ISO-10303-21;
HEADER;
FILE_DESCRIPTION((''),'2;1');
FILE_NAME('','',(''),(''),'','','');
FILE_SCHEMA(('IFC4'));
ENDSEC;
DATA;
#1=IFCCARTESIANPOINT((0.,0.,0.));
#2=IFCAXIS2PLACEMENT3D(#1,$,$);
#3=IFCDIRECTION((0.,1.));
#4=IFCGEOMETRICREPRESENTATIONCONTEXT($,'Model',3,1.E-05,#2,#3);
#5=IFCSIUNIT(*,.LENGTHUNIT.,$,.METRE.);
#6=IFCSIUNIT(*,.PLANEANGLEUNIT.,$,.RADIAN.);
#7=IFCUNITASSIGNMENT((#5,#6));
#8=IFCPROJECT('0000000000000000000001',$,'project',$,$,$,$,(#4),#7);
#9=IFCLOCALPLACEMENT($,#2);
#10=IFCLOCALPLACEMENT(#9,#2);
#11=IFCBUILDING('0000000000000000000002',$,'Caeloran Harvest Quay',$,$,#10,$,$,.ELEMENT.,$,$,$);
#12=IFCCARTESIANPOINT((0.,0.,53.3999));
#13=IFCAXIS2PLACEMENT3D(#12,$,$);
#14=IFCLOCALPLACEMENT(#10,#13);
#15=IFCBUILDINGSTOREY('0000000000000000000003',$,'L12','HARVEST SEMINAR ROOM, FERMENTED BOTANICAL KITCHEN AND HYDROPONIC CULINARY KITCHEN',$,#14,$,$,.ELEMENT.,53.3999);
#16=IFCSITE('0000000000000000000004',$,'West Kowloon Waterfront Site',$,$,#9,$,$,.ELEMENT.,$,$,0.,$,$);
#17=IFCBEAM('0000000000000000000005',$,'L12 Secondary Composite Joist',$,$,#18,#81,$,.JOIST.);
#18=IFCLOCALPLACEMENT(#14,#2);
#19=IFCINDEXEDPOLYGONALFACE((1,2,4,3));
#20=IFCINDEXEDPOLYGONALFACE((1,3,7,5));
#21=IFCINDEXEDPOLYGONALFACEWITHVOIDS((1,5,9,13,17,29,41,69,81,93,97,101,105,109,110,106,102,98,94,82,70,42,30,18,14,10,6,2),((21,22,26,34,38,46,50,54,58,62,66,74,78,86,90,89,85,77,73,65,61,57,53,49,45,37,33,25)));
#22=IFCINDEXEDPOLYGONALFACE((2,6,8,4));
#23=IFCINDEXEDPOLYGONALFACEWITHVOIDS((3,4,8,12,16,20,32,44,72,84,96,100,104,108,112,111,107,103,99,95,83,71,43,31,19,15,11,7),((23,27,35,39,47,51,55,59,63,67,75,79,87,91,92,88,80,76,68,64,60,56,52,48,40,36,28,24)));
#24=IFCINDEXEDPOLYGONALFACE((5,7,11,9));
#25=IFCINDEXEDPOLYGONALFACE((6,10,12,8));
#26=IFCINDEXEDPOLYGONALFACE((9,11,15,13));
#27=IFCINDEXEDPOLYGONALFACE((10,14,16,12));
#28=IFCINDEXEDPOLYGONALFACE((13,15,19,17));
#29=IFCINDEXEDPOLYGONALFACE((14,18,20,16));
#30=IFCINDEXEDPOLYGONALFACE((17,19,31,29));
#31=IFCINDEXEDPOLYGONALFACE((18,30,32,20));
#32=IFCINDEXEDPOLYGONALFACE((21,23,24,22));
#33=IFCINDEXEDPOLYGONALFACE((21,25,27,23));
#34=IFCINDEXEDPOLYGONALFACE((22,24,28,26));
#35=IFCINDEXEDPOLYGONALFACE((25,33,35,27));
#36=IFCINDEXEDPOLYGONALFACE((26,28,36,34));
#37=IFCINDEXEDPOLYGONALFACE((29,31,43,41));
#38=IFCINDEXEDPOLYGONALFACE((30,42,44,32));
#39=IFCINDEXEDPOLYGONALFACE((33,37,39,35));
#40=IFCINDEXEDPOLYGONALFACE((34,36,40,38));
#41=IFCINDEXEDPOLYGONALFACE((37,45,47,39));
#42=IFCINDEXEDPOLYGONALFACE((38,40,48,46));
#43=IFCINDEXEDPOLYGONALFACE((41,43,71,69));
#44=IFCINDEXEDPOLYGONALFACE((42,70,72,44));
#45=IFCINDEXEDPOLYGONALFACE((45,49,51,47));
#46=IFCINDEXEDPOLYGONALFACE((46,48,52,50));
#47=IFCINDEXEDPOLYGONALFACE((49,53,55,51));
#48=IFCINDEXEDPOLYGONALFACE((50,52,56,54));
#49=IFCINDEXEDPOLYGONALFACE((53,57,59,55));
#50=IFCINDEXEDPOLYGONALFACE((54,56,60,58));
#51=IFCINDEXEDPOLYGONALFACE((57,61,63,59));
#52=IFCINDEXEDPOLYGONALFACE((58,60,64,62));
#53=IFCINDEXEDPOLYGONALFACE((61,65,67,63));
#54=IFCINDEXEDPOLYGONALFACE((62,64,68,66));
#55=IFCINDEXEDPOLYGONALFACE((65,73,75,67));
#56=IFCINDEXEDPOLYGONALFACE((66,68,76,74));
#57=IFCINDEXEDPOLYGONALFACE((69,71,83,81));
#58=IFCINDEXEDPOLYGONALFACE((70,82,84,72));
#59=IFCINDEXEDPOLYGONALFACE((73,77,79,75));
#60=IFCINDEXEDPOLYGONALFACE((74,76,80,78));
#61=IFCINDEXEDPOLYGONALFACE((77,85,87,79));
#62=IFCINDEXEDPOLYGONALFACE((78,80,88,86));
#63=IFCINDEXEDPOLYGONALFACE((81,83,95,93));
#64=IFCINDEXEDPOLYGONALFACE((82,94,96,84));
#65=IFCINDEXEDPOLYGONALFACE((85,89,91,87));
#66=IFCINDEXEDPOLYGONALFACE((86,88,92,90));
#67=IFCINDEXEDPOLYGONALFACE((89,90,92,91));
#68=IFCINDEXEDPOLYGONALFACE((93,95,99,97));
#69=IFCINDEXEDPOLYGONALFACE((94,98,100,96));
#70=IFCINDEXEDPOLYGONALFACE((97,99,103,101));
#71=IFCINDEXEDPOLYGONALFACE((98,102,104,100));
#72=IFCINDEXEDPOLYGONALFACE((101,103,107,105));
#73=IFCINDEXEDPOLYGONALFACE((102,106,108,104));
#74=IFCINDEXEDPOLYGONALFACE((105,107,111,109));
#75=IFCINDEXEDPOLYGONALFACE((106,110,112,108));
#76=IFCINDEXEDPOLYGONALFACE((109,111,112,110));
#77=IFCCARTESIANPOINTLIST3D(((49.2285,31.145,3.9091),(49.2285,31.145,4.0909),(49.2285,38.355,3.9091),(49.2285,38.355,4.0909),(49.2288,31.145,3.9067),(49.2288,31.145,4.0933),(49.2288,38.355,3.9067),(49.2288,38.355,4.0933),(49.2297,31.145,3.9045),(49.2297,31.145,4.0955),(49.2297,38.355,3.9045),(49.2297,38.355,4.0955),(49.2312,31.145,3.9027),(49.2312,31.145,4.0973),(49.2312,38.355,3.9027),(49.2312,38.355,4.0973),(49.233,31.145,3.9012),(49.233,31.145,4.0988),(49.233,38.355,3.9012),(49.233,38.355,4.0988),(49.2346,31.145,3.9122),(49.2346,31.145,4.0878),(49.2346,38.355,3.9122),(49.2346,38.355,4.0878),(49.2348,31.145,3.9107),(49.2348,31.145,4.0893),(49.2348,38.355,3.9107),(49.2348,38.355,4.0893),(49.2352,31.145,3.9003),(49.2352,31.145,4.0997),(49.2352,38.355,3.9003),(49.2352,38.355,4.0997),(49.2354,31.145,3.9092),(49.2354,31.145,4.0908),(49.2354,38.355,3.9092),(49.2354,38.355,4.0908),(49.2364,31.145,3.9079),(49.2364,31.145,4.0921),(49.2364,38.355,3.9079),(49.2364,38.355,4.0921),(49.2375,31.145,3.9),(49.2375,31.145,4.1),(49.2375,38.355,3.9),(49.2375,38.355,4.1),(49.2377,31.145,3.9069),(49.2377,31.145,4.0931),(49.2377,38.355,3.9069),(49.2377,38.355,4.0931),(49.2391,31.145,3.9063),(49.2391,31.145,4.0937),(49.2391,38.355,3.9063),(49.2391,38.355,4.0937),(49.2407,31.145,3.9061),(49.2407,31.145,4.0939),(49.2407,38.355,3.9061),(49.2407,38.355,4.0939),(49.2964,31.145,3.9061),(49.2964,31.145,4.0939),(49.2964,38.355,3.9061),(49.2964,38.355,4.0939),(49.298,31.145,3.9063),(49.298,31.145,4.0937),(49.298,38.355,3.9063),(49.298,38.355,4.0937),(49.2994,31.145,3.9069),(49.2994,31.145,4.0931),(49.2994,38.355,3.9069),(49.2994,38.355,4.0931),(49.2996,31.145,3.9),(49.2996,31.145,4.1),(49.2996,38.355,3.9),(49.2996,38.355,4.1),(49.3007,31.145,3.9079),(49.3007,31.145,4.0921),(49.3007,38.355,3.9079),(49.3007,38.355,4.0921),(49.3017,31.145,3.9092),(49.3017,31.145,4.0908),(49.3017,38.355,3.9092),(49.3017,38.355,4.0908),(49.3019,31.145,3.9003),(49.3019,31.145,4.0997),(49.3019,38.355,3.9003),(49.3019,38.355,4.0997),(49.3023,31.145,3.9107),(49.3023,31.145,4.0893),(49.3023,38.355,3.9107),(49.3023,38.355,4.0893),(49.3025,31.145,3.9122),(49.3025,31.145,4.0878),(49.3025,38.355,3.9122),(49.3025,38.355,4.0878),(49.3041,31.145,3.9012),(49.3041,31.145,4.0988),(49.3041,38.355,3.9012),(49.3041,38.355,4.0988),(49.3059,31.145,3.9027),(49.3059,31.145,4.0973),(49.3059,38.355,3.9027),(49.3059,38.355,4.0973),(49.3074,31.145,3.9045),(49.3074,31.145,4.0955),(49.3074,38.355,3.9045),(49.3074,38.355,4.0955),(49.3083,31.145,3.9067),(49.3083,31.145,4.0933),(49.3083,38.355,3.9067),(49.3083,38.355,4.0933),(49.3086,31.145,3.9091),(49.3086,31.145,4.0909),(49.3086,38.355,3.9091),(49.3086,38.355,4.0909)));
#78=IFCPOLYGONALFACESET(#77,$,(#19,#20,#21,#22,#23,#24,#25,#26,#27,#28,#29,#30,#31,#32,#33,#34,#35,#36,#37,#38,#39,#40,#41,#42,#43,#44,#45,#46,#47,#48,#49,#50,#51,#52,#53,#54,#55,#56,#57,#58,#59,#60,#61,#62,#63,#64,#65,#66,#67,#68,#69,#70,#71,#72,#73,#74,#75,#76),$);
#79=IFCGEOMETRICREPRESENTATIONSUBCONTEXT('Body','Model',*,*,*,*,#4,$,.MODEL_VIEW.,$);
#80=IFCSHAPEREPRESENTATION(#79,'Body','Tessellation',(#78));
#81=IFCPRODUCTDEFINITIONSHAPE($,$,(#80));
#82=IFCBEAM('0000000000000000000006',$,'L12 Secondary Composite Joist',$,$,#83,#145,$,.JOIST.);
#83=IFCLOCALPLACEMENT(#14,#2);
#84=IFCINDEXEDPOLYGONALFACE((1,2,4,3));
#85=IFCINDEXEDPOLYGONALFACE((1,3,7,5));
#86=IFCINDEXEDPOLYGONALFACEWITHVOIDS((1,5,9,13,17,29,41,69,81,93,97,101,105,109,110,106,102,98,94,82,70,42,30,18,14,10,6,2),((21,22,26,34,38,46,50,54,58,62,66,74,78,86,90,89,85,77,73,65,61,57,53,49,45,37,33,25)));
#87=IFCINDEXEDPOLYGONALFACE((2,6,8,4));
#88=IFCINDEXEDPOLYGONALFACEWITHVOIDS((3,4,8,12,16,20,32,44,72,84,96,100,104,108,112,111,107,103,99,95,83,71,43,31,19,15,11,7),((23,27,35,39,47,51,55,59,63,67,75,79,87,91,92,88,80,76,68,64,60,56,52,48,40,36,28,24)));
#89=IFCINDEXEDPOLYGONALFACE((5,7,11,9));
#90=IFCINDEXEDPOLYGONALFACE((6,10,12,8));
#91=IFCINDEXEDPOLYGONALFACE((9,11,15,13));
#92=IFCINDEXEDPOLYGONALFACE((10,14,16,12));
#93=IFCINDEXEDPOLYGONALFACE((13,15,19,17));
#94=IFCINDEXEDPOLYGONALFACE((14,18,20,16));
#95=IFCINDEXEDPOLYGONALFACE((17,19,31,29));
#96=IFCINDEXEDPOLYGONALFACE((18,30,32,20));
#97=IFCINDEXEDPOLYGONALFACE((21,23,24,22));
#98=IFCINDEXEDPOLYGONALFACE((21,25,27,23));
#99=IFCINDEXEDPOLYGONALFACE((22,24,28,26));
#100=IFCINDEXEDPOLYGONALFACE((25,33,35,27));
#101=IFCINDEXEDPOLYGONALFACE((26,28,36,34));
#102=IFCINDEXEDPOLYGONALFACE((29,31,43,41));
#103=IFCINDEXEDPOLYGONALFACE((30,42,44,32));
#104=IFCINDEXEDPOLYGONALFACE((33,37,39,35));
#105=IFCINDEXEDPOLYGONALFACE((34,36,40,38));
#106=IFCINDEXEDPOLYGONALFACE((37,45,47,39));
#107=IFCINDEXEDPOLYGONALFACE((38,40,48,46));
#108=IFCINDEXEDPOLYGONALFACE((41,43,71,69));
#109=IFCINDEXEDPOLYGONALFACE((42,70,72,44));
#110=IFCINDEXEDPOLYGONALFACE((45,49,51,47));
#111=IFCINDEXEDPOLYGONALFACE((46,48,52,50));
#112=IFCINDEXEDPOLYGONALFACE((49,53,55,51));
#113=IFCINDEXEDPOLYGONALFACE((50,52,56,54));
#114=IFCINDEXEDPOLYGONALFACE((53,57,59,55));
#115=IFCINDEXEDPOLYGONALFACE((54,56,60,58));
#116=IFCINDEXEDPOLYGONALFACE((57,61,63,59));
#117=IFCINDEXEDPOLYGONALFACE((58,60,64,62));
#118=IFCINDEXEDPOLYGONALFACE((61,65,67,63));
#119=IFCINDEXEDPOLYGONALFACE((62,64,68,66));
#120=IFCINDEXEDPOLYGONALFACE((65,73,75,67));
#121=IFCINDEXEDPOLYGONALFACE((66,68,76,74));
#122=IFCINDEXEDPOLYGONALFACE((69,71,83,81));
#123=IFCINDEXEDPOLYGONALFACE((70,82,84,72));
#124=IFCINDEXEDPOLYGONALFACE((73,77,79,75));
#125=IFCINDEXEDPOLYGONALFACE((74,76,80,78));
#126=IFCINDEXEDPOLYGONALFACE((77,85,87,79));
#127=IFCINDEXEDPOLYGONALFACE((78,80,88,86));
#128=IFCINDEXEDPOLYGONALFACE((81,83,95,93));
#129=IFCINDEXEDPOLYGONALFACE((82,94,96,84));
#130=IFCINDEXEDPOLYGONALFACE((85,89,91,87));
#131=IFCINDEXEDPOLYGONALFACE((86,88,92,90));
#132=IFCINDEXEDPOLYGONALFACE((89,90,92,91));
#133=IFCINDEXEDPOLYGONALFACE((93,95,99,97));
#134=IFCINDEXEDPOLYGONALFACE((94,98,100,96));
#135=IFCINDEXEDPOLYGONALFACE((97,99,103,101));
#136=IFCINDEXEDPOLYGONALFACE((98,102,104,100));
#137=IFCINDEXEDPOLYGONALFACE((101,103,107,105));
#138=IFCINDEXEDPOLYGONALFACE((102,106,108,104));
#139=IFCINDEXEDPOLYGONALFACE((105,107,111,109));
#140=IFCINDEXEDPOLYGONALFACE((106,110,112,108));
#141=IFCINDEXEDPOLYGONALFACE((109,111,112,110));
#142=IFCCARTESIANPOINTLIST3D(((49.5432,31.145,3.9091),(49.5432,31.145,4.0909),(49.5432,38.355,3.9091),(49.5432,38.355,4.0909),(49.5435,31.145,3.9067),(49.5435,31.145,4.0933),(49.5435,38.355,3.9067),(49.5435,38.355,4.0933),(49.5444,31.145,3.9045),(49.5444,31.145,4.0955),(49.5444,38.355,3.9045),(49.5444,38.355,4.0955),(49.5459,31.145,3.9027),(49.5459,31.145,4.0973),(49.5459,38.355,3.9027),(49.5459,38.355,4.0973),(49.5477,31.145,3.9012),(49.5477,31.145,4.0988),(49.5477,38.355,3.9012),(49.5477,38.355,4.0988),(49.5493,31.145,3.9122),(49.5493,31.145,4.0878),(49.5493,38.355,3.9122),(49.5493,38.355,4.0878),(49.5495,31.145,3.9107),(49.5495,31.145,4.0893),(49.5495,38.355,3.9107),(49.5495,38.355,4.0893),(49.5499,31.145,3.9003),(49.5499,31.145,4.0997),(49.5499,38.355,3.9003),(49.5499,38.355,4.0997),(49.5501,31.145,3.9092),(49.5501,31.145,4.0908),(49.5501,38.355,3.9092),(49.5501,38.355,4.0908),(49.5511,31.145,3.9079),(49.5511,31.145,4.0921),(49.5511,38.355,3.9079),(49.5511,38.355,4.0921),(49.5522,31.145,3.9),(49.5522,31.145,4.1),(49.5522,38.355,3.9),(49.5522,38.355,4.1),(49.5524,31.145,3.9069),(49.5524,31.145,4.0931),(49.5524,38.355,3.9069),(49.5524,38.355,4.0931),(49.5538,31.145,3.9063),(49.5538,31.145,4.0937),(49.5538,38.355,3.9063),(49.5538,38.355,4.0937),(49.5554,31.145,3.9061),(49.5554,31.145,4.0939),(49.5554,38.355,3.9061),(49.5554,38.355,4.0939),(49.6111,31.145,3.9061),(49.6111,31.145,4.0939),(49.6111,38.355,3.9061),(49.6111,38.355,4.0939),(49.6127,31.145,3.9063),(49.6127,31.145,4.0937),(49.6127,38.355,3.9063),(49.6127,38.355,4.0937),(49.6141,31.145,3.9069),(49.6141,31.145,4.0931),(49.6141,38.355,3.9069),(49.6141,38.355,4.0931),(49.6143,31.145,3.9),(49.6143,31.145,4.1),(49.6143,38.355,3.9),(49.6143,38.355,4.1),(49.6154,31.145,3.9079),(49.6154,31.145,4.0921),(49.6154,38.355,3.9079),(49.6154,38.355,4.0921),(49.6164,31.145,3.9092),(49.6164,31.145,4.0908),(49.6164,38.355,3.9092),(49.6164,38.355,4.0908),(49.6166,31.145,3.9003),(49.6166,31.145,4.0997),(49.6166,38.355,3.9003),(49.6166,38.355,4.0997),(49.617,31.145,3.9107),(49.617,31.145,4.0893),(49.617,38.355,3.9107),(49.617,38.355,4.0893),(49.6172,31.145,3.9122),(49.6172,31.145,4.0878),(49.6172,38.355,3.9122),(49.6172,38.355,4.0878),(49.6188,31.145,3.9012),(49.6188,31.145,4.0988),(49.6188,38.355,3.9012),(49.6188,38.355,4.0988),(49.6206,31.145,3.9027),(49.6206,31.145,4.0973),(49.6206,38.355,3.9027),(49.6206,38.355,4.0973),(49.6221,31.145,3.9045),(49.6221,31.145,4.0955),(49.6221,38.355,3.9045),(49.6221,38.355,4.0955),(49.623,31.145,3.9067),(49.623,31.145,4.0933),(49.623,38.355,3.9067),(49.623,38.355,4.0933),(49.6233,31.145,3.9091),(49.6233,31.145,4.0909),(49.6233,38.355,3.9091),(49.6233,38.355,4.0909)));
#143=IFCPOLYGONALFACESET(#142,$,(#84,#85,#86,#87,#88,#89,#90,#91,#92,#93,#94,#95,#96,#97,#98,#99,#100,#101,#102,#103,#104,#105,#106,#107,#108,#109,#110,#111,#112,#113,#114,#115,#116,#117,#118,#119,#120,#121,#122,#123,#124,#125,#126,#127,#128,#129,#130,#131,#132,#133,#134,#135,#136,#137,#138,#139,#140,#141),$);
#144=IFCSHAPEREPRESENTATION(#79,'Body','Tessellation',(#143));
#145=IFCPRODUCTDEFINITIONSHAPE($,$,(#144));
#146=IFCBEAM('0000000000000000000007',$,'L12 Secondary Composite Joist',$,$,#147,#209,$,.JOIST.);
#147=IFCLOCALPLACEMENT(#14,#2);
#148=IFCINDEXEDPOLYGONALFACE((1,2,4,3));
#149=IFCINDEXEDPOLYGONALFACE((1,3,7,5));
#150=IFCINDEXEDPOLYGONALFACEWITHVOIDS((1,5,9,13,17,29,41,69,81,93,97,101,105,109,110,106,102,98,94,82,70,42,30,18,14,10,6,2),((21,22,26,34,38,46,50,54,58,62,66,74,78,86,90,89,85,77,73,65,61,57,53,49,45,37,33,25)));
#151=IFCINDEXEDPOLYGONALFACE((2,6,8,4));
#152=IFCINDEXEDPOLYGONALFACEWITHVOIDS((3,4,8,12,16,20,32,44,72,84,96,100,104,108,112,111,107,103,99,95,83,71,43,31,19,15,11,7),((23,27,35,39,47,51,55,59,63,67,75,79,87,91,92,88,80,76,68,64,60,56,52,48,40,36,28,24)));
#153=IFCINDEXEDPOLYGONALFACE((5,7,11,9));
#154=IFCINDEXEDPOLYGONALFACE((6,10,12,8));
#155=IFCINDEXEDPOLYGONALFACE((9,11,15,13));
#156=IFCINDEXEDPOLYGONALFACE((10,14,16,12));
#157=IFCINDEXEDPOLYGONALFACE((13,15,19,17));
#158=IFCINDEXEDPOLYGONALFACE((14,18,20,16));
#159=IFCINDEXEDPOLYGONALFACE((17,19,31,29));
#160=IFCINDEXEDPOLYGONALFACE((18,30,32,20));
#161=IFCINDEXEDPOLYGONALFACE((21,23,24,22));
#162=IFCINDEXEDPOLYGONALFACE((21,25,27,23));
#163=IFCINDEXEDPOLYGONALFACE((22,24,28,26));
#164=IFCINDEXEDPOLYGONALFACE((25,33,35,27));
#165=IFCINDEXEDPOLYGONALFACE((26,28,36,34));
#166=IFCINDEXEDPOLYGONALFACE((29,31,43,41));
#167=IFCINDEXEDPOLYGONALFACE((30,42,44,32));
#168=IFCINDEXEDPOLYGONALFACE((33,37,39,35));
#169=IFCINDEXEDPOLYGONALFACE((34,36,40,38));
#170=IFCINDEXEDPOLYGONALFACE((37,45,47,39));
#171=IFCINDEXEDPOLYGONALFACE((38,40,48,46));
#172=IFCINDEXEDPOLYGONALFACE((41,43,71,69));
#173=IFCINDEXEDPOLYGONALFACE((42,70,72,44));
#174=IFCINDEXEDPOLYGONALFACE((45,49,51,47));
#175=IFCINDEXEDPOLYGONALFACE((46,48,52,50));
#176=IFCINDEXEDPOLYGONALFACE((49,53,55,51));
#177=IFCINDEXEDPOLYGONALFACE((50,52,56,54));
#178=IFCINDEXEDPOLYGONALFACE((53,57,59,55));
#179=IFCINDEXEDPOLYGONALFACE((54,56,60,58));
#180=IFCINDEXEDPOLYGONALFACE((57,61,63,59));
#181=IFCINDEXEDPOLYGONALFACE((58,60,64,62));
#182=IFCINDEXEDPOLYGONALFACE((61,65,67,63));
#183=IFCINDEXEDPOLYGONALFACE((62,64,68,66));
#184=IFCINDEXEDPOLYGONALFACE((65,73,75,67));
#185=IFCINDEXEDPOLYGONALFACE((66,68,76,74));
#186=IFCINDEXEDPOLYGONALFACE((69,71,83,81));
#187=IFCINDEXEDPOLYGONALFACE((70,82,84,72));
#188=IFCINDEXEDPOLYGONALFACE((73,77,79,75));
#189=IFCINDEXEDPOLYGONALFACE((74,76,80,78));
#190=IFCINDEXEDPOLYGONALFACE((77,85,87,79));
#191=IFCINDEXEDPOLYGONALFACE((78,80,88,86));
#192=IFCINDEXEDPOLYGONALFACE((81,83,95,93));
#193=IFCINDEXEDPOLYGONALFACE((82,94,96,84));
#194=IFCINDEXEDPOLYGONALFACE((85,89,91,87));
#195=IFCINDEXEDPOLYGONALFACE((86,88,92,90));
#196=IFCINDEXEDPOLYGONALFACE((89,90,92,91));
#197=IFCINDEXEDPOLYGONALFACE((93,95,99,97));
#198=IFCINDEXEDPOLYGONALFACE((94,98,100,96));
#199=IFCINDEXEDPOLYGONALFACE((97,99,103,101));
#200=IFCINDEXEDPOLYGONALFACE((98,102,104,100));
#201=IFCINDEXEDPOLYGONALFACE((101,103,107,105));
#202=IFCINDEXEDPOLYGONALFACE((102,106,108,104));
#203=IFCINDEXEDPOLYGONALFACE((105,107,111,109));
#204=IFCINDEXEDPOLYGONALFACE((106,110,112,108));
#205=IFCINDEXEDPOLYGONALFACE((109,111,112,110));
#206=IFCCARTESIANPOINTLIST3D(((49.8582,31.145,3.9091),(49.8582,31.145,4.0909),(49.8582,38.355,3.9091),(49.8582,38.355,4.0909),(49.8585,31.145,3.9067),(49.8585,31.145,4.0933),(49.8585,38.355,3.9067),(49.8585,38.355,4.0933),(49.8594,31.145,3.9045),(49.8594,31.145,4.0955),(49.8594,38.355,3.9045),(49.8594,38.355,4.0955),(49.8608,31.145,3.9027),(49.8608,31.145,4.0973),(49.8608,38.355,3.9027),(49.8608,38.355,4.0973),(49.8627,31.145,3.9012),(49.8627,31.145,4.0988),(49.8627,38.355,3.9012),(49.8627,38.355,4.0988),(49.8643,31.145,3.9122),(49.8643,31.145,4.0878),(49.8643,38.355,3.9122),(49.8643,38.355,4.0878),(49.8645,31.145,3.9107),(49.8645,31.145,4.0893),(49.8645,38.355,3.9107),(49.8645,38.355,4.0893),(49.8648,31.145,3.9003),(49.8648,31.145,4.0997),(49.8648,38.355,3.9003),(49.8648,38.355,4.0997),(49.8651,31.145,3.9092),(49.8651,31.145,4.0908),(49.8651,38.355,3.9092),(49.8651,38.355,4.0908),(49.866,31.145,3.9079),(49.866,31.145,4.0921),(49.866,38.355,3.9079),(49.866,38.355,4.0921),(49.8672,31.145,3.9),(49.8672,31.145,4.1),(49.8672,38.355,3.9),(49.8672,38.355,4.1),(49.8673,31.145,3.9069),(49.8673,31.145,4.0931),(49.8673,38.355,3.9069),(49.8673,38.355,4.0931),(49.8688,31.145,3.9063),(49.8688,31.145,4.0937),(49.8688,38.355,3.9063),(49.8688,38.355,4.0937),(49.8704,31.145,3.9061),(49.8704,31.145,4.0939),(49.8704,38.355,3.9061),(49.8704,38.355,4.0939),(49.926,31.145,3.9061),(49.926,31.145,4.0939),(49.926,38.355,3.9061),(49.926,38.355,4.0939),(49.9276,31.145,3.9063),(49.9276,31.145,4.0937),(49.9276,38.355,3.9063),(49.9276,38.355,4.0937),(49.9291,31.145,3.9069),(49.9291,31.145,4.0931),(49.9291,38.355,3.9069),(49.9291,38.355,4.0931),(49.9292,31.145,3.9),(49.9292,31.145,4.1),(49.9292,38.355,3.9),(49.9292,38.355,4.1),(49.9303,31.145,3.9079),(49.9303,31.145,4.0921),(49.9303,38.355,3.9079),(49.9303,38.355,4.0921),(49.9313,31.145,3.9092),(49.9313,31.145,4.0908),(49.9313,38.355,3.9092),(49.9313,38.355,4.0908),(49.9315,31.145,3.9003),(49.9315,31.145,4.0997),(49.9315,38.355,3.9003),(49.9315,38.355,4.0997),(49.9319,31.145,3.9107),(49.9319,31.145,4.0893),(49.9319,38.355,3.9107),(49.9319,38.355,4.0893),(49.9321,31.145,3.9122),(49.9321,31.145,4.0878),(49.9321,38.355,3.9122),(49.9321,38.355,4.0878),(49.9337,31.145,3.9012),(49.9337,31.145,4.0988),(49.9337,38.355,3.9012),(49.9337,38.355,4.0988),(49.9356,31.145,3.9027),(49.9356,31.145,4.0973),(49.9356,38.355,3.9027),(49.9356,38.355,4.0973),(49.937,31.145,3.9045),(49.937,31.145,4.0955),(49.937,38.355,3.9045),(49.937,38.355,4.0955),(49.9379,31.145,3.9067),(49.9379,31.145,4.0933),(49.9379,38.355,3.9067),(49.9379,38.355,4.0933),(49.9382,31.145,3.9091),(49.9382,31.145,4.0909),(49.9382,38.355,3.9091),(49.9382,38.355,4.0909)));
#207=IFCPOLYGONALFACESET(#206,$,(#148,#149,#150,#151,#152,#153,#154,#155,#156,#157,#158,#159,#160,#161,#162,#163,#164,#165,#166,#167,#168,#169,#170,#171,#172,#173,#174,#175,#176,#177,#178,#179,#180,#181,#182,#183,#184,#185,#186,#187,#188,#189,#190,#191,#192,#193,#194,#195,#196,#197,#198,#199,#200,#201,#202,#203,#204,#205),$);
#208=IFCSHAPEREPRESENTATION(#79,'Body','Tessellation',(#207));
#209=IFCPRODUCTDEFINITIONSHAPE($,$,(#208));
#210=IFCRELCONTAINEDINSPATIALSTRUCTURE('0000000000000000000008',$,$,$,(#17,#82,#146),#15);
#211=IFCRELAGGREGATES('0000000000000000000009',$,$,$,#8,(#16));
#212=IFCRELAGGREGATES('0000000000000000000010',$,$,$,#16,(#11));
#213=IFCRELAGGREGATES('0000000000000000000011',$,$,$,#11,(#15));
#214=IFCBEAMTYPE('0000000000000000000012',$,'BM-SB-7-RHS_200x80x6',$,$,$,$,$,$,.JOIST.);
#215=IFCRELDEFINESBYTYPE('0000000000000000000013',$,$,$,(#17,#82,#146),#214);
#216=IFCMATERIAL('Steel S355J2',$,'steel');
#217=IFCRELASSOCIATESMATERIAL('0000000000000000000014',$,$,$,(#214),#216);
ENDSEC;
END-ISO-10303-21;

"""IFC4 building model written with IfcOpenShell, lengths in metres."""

from ifc_helpers import new_model, si_unit, direction, frame, origin, origin_2d, place, context, subcontext, project, spatial, hollow_rectangle, extrude, material, material_profile, profile_set, type_object, element, save


model = new_model("IFC4")

# Units and contexts
model_context = context("Model", 3, precision=1e-05, world=origin(), true_north=direction((0.0, 1.0)))
body_context = subcontext(model_context, "Body", "Model", "MODEL_VIEW")
ifc_project = project(units=[si_unit("LENGTHUNIT", "METRE"), si_unit("PLANEANGLEUNIT", "RADIAN")], contexts=[model_context])

# Site, building, storey
site_placement = place(None, origin())
site = spatial("IfcSite", under=ifc_project, at=site_placement, Name="West Kowloon Waterfront Site", CompositionType="ELEMENT", RefElevation=0.0)
building_placement = place(site_placement, origin())
building = spatial("IfcBuilding", under=site, at=building_placement, Name="Caeloran Harvest Quay", CompositionType="ELEMENT")
storey_placement = place(building_placement, frame((0.0, 0.0, 53.3999)))
storey = spatial("IfcBuildingStorey", under=building, at=storey_placement, Name="L12", Description="HARVEST SEMINAR ROOM, FERMENTED BOTANICAL KITCHEN AND HYDROPONIC CULINARY KITCHEN", CompositionType="ELEMENT", Elevation=53.3999)

# Beams
ifc_material_1 = material(Name="Steel S355J2", Category="steel")
ifc_material_profile_1 = material_profile(ifc_material_1, hollow_rectangle(XDim=0.0801, YDim=0.2, WallThickness=0.0061, InnerFilletRadius=0.0061, OuterFilletRadius=0.009, at=origin_2d()), Name="RHS 200x80x6")
ifc_profile_set_1 = profile_set([ifc_material_profile_1], Name="Steel S355J2")
beam_type_1 = type_object("IfcBeamType", Name="BM-SB-7-RHS_200x80x6", PredefinedType="JOIST", material=ifc_profile_set_1)
for number, where, z_axis, x_axis, name in (
    (1, (49.2686, 31.145, 4.0), (0.0, 1.0, 0.0), (-1.0, 0.0, 0.0), "L12 Secondary Composite Joist"),
    (2, (49.5833, 31.145, 4.0), (0.0, 1.0, 0.0), (-1.0, 0.0, 0.0), "L12 Secondary Composite Joist"),
    (3, (49.8982, 31.145, 4.0), (0.0, 1.0, 0.0), (-1.0, 0.0, 0.0), "L12 Secondary Composite Joist"),
):
    element("IfcBeam", number, at=place(storey_placement, frame(where, z_axis=z_axis, x_axis=x_axis)), inside=storey, type_object=beam_type_1, Name=name, PredefinedType="JOIST", context=body_context, shape_type="SweptSolid", body=[
        extrude(hollow_rectangle(XDim=0.0801, YDim=0.2, WallThickness=0.0061, InnerFilletRadius=0.0061, OuterFilletRadius=0.009, at=origin_2d()), origin(), (0.0, 0.0, 1.0), 7.21),
    ])

save(model, "model.ifc")
